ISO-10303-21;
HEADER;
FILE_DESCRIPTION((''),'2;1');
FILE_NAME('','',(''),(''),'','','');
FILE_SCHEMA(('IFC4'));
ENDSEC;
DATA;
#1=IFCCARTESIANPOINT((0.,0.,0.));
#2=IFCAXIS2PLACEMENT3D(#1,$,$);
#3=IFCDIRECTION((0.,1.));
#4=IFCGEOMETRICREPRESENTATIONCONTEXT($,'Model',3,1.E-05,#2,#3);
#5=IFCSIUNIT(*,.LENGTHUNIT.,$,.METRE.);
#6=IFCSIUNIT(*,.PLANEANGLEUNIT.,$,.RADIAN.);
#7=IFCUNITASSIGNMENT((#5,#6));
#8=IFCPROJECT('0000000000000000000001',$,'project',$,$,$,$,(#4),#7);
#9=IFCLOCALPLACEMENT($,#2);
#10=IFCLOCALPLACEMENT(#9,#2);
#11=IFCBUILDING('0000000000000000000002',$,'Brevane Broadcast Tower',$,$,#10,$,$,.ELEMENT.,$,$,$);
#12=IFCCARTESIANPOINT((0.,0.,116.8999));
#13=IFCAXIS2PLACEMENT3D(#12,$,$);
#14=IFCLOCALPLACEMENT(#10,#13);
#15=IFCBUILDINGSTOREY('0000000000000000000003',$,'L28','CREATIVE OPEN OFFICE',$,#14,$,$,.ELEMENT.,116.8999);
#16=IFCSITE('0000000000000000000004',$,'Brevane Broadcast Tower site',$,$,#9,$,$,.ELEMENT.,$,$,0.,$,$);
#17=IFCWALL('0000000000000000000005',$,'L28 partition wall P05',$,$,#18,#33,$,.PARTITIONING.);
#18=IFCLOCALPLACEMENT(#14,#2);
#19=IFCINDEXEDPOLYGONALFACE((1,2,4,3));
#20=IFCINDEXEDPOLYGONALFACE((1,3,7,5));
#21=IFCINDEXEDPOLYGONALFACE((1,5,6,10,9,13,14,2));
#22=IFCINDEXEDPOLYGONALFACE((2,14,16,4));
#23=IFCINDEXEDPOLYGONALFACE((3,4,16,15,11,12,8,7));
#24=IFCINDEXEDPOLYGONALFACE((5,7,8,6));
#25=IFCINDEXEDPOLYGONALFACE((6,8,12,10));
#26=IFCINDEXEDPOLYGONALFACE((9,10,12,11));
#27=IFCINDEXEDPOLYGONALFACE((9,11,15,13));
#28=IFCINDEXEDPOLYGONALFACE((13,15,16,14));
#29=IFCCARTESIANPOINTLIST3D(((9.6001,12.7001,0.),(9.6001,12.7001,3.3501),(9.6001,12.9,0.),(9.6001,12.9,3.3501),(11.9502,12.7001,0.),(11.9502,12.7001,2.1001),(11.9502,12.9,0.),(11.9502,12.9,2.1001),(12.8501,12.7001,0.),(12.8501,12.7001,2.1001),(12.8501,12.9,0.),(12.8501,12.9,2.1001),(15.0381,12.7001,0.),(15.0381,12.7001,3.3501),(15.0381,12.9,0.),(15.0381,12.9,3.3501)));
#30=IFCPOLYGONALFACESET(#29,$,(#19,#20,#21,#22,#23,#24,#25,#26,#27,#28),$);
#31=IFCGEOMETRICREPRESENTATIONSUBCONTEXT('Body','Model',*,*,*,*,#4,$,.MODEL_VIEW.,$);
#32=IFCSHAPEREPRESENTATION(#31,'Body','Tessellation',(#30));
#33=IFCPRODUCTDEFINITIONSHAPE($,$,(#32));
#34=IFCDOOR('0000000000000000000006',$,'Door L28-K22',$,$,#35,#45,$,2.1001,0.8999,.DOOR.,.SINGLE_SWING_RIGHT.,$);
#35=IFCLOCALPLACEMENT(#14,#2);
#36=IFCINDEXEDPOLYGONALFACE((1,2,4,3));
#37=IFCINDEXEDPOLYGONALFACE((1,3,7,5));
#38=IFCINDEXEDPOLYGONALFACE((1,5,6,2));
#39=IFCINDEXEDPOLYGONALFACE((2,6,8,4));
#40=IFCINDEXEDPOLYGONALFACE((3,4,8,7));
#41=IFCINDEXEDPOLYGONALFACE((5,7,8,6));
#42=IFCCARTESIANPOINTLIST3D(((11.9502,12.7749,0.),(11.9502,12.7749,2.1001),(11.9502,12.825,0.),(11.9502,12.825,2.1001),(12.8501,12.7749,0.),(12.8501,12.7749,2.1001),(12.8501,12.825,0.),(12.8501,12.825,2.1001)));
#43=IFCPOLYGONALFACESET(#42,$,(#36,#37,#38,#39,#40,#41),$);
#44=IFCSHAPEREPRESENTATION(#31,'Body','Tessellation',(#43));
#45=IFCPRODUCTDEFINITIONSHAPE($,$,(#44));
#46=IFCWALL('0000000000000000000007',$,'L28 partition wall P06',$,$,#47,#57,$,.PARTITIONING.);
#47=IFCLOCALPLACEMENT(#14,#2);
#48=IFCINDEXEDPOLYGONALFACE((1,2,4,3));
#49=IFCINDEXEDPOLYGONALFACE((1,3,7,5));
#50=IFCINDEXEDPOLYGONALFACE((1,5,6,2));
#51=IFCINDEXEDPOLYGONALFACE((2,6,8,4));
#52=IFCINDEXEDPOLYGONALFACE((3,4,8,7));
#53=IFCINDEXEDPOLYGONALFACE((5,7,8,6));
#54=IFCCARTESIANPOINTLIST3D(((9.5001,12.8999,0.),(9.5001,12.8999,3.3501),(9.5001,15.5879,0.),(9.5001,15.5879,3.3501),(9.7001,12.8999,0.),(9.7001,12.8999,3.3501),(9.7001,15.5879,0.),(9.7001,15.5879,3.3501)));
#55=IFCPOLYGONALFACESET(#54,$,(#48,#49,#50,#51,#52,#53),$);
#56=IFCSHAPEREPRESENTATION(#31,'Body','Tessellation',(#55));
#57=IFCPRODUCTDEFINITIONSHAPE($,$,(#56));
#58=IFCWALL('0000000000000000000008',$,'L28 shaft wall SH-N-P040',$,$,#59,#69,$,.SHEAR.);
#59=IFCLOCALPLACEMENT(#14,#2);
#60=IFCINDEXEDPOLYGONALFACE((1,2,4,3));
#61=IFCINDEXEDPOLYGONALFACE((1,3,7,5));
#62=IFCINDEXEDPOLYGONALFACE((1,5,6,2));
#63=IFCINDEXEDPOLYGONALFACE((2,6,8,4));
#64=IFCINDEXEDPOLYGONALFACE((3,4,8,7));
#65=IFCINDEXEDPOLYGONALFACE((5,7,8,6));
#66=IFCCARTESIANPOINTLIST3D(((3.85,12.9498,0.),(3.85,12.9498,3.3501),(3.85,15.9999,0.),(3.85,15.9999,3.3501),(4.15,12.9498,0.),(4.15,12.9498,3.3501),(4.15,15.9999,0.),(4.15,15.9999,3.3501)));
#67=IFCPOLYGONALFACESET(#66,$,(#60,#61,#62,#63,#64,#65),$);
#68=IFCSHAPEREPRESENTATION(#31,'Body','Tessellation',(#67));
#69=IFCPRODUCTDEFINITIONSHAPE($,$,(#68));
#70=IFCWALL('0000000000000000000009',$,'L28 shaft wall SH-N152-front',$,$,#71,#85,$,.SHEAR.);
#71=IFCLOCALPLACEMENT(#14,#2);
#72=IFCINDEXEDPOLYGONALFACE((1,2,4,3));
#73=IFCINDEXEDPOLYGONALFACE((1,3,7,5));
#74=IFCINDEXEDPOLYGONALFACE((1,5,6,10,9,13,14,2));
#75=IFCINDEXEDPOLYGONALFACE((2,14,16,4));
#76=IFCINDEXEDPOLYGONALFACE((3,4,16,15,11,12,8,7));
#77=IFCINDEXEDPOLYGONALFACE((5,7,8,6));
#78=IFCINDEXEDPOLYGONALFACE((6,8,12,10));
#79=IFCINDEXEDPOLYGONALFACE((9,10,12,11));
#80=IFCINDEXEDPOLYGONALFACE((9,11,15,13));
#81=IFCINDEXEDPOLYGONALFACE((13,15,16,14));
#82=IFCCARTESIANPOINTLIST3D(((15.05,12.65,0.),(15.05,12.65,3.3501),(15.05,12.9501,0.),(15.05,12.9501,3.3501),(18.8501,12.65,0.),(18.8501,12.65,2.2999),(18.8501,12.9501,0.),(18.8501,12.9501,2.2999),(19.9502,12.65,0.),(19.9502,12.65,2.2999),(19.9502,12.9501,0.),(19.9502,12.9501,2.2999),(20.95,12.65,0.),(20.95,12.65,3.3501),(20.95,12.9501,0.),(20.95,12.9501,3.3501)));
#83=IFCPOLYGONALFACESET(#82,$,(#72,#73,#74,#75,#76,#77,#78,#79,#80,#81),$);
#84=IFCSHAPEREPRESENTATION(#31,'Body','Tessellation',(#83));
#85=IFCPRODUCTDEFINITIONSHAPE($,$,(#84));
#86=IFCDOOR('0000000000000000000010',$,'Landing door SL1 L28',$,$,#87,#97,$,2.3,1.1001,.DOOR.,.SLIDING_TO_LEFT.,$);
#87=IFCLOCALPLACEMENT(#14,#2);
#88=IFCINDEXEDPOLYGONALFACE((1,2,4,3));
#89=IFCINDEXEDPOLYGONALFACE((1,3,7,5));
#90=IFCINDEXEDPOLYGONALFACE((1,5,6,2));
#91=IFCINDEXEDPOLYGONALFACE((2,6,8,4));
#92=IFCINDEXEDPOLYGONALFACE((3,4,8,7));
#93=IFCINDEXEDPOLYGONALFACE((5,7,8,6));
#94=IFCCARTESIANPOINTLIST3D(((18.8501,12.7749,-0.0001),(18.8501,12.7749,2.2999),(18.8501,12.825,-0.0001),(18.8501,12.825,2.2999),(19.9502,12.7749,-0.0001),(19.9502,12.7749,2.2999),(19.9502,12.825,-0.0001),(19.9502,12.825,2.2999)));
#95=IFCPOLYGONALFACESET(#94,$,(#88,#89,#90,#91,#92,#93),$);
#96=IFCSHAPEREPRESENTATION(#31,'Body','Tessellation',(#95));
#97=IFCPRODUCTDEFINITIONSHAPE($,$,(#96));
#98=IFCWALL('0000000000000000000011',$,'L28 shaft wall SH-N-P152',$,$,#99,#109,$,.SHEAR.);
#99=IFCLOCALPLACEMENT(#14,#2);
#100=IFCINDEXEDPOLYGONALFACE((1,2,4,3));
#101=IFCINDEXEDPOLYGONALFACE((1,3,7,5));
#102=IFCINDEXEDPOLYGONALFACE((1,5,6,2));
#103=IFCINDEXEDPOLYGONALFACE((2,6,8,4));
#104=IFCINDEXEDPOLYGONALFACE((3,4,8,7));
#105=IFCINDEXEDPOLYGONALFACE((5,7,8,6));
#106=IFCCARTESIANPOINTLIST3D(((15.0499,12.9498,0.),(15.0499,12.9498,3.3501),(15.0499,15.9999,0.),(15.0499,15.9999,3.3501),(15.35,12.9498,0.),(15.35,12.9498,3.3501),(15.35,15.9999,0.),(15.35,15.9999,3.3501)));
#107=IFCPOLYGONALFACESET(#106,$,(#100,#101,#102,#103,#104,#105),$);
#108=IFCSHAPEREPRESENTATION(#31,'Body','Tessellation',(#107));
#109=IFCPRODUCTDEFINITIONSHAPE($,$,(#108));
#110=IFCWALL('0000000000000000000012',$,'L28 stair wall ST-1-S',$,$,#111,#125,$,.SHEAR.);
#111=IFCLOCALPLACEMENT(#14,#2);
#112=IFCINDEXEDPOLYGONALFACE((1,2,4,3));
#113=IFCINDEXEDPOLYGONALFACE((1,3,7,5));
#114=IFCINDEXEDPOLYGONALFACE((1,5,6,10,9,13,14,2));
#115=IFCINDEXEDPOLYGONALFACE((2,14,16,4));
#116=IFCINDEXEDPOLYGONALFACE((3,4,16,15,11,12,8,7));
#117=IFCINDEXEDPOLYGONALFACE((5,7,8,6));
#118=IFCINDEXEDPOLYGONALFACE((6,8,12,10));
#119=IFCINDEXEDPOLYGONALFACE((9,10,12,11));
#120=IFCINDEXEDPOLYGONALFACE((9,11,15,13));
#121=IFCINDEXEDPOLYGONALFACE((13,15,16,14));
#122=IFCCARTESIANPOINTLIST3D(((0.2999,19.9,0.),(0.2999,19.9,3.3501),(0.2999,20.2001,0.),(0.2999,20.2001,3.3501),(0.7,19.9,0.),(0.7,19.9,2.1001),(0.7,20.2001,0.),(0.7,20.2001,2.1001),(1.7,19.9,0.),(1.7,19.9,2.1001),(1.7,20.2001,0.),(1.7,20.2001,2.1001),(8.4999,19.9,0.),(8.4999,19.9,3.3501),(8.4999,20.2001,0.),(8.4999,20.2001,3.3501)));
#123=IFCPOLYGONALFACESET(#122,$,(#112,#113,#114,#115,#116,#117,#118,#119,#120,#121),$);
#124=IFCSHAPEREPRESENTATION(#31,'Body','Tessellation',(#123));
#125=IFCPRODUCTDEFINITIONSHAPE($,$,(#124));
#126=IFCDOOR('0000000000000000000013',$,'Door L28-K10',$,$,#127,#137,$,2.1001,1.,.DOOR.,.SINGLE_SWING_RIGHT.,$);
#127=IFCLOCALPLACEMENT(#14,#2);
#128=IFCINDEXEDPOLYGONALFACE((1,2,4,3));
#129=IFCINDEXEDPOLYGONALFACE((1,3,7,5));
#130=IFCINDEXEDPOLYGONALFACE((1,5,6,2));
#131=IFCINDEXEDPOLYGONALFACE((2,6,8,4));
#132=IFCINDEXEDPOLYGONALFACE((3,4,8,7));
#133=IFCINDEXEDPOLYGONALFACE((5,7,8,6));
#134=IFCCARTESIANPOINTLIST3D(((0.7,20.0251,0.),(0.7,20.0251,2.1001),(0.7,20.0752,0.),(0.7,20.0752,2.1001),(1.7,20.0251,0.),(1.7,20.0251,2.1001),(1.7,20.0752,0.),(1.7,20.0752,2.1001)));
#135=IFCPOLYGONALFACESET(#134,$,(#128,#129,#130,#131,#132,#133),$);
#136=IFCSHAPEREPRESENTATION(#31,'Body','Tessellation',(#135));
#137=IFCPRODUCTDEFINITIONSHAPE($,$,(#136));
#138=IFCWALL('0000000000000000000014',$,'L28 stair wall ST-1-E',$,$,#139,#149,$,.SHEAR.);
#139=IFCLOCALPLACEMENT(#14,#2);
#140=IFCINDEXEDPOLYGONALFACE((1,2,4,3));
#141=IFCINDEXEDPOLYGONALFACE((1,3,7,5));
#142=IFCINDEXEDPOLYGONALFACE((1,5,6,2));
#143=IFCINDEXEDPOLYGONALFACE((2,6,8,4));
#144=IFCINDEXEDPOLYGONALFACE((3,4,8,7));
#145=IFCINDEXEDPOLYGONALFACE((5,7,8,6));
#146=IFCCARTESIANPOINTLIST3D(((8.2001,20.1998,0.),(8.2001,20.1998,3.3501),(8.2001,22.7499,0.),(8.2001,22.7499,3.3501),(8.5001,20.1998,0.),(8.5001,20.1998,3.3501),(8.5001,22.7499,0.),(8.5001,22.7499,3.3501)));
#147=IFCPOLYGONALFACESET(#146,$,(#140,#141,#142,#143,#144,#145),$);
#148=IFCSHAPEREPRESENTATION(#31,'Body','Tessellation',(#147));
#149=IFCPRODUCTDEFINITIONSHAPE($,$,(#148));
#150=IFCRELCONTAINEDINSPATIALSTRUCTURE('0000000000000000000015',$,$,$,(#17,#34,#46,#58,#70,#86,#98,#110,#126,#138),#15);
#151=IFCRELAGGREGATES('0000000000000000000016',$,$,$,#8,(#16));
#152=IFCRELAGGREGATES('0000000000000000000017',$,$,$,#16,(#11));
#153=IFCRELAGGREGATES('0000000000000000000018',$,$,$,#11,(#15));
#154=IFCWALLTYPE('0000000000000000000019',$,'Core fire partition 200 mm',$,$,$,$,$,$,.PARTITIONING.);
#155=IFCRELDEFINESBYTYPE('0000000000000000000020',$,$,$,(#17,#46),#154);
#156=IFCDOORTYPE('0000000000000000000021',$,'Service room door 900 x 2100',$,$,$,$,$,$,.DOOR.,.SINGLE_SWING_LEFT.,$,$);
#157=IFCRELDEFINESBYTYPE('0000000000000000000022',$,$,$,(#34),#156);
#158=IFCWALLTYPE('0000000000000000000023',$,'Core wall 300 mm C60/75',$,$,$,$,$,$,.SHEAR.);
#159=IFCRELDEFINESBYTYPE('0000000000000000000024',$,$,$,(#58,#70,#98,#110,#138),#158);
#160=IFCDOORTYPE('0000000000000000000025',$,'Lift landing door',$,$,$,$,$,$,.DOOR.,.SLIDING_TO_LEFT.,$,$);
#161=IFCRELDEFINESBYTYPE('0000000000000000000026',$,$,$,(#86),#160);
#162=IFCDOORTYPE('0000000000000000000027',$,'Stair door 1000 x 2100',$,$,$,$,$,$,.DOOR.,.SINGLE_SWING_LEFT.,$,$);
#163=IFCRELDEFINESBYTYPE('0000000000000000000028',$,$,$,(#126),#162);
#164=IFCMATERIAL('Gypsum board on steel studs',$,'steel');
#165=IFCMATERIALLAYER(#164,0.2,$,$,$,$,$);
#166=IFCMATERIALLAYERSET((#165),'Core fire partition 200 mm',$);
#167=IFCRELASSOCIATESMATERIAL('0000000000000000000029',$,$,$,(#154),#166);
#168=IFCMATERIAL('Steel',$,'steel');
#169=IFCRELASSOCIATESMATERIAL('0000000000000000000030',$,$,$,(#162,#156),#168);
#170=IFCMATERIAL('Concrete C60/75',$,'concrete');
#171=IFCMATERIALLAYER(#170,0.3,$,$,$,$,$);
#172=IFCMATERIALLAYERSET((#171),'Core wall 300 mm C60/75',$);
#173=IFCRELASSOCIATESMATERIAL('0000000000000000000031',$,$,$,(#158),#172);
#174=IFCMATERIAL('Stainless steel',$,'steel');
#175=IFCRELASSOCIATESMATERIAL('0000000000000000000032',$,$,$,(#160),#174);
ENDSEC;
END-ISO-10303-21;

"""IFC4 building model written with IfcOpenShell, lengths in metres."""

from ifc_helpers import new_model, si_unit, direction, frame, frame_2d, origin, place, context, subcontext, project, spatial, rectangle, extrude, material, layer, layer_set, type_object, element, fill, save


model = new_model("IFC4")

# Units and contexts
model_context = context("Model", 3, precision=1e-05, world=origin(), true_north=direction((0.0, 1.0)))
body_context = subcontext(model_context, "Body", "Model", "MODEL_VIEW")
ifc_project = project(units=[si_unit("LENGTHUNIT", "METRE"), si_unit("PLANEANGLEUNIT", "RADIAN")], contexts=[model_context])

# Site, building, storey
site_placement = place(None, origin())
site = spatial("IfcSite", under=ifc_project, at=site_placement, Name="Brevane Broadcast Tower site", CompositionType="ELEMENT", RefElevation=0.0)
building_placement = place(site_placement, origin())
building = spatial("IfcBuilding", under=site, at=building_placement, Name="Brevane Broadcast Tower", CompositionType="ELEMENT")
storey_placement = place(building_placement, frame((0.0, 0.0, 116.8999)))
storey = spatial("IfcBuildingStorey", under=building, at=storey_placement, Name="L28", Description="CREATIVE OPEN OFFICE", CompositionType="ELEMENT", Elevation=116.8999)

# Shared definitions
ifc_material_1 = material(Name="Gypsum board on steel studs", Category="steel")
ifc_material_2 = material(Name="Steel", Category="steel")

# Wall, opening, door
ifc_layer_1 = layer(ifc_material_1, 0.2)
ifc_layer_set_1 = layer_set([ifc_layer_1], Name="Core fire partition 200 mm")
wall_type_1 = type_object("IfcWallType", Name="Core fire partition 200 mm", PredefinedType="PARTITIONING", material=ifc_layer_set_1)
door_type_1 = type_object("IfcDoorType", Name="Stair door 1000 x 2100", OperationType="SINGLE_SWING_LEFT", PredefinedType="DOOR", material=ifc_material_2)
door_type_2 = type_object("IfcDoorType", Name="Service room door 900 x 2100", OperationType="SINGLE_SWING_LEFT", PredefinedType="DOOR", material=ifc_material_2)
wall_1_placement = place(storey_placement, frame((9.6001, 12.8, 0.0), z_axis=(0.0, 0.0, 1.0), x_axis=(1.0, 0.0, 0.0)))
wall_1 = element("IfcWall", 1, at=wall_1_placement, inside=storey, type_object=wall_type_1, Name="L28 partition wall P05", PredefinedType="PARTITIONING", context=body_context, shape_type="SweptSolid", body=[
    extrude(rectangle(XDim=5.438, YDim=0.2, at=frame_2d((2.719, 0.0))), origin(), (0.0, 0.0, 1.0), 3.3501),
])
opening_1_placement = place(wall_1_placement, frame((2.3501, 0.0, 0.0)))
opening_1 = element("IfcOpeningElement", 2, at=opening_1_placement, cuts=wall_1, PredefinedType="OPENING", context=body_context, shape_type="SweptSolid", body=[
    extrude(rectangle(XDim=0.8999, YDim=2.1001, at=frame_2d((0.45, 1.05))), frame((0.0, 0.1099, 0.0), z_axis=(0.0, -1.0, 0.0), x_axis=(1.0, 0.0, 0.0)), (0.0, 0.0, 1.0), 0.22),
])
door_1_placement = place(opening_1_placement, origin())
door_1 = element("IfcDoor", 3, at=door_1_placement, inside=storey, type_object=door_type_2, Name="Door L28-K22", OperationType="SINGLE_SWING_RIGHT", OverallHeight=2.1001, OverallWidth=0.8999, PredefinedType="DOOR", context=body_context, shape_type="SweptSolid", body=[
    extrude(rectangle(XDim=0.8999, YDim=2.1001, at=frame_2d((0.45, 1.05))), frame((0.0, 0.0249, 0.0), z_axis=(0.0, -1.0, 0.0), x_axis=(1.0, 0.0, 0.0)), (0.0, 0.0, 1.0), 0.05),
])
fill(opening_1, door_1)

# Walls
wall_2_placement = place(storey_placement, frame((9.6001, 15.5879, 0.0), z_axis=(0.0, 0.0, 1.0), x_axis=(0.0, -1.0, 0.0)))
element("IfcWall", 4, at=wall_2_placement, inside=storey, type_object=wall_type_1, Name="L28 partition wall P06", PredefinedType="PARTITIONING", context=body_context, shape_type="SweptSolid", body=[
    extrude(rectangle(XDim=2.688, YDim=0.2, at=frame_2d((1.344, 0.0))), origin(), (0.0, 0.0, 1.0), 3.3501),
])
ifc_material_3 = material(Name="Concrete C60/75", Category="concrete")
ifc_layer_2 = layer(ifc_material_3, 0.3)
ifc_layer_set_2 = layer_set([ifc_layer_2], Name="Core wall 300 mm C60/75")
wall_type_2 = type_object("IfcWallType", Name="Core wall 300 mm C60/75", PredefinedType="SHEAR", material=ifc_layer_set_2)
wall_3_placement = place(storey_placement, frame((4.0, 12.95, 0.0), z_axis=(0.0, 0.0, 1.0), x_axis=(0.0, 1.0, 0.0)))
element("IfcWall", 5, at=wall_3_placement, inside=storey, type_object=wall_type_2, Name="L28 shaft wall SH-N-P040", PredefinedType="SHEAR", context=body_context, shape_type="SweptSolid", body=[
    extrude(rectangle(XDim=3.05, YDim=0.3, at=frame_2d((1.5249, 0.0))), origin(), (0.0, 0.0, 1.0), 3.3501),
])

# Wall, opening, door
wall_4_placement = place(storey_placement, frame((15.05, 12.8, 0.0), z_axis=(0.0, 0.0, 1.0), x_axis=(1.0, 0.0, 0.0)))
wall_4 = element("IfcWall", 6, at=wall_4_placement, inside=storey, type_object=wall_type_2, Name="L28 shaft wall SH-N152-front", PredefinedType="SHEAR", context=body_context, shape_type="SweptSolid", body=[
    extrude(rectangle(XDim=5.8999, YDim=0.3, at=frame_2d((2.95, 0.0))), origin(), (0.0, 0.0, 1.0), 3.3501),
])
opening_2_placement = place(wall_4_placement, frame((3.8, 0.0, 0.0)))
opening_2 = element("IfcOpeningElement", 7, at=opening_2_placement, cuts=wall_4, PredefinedType="OPENING", context=body_context, shape_type="SweptSolid", body=[
    extrude(rectangle(XDim=1.1001, YDim=2.3, at=frame_2d((0.55, 1.1499))), frame((0.0, 0.1599, 0.0), z_axis=(0.0, -1.0, 0.0), x_axis=(1.0, 0.0, 0.0)), (0.0, 0.0, 1.0), 0.3201),
])
ifc_material_4 = material(Name="Stainless steel", Category="steel")
door_type_3 = type_object("IfcDoorType", Name="Lift landing door", OperationType="SLIDING_TO_LEFT", PredefinedType="DOOR", material=ifc_material_4)
door_2_placement = place(opening_2_placement, origin())
door_2 = element("IfcDoor", 8, at=door_2_placement, inside=storey, type_object=door_type_3, Name="Landing door SL1 L28", OperationType="SLIDING_TO_LEFT", OverallHeight=2.3, OverallWidth=1.1001, PredefinedType="DOOR", context=body_context, shape_type="SweptSolid", body=[
    extrude(rectangle(XDim=1.1001, YDim=2.3, at=frame_2d((0.55, 1.1499))), frame((0.0, 0.0249, 0.0), z_axis=(0.0, -1.0, 0.0), x_axis=(1.0, 0.0, 0.0)), (0.0, 0.0, 1.0), 0.05),
])
fill(opening_2, door_2)

# Wall
wall_5_placement = place(storey_placement, frame((15.2, 12.95, 0.0), z_axis=(0.0, 0.0, 1.0), x_axis=(0.0, 1.0, 0.0)))
element("IfcWall", 9, at=wall_5_placement, inside=storey, type_object=wall_type_2, Name="L28 shaft wall SH-N-P152", PredefinedType="SHEAR", context=body_context, shape_type="SweptSolid", body=[
    extrude(rectangle(XDim=3.05, YDim=0.3, at=frame_2d((1.5249, 0.0))), origin(), (0.0, 0.0, 1.0), 3.3501),
])

# Wall, opening, door
wall_6_placement = place(storey_placement, frame((8.5, 20.05, 0.0), z_axis=(0.0, 0.0, 1.0), x_axis=(-1.0, 0.0, 0.0)))
wall_6 = element("IfcWall", 10, at=wall_6_placement, inside=storey, type_object=wall_type_2, Name="L28 stair wall ST-1-S", PredefinedType="SHEAR", context=body_context, shape_type="SweptSolid", body=[
    extrude(rectangle(XDim=8.2, YDim=0.3, at=frame_2d((4.1001, 0.0))), origin(), (0.0, 0.0, 1.0), 3.3501),
])
opening_3_placement = place(wall_6_placement, frame((6.8, 0.0, 0.0)))
opening_3 = element("IfcOpeningElement", 11, at=opening_3_placement, cuts=wall_6, PredefinedType="OPENING", context=body_context, shape_type="SweptSolid", body=[
    extrude(rectangle(XDim=1.0, YDim=2.1001, at=frame_2d((0.5, 1.05))), frame((0.0, 0.1599, 0.0), z_axis=(0.0, -1.0, 0.0), x_axis=(1.0, 0.0, 0.0)), (0.0, 0.0, 1.0), 0.3201),
])
door_3_placement = place(opening_3_placement, origin())
door_3 = element("IfcDoor", 12, at=door_3_placement, inside=storey, type_object=door_type_1, Name="Door L28-K10", OperationType="SINGLE_SWING_RIGHT", OverallHeight=2.1001, OverallWidth=1.0, PredefinedType="DOOR", context=body_context, shape_type="SweptSolid", body=[
    extrude(rectangle(XDim=1.0, YDim=2.1001, at=frame_2d((0.5, 1.05))), frame((0.0, 0.0249, 0.0), z_axis=(0.0, -1.0, 0.0), x_axis=(1.0, 0.0, 0.0)), (0.0, 0.0, 1.0), 0.05),
])
fill(opening_3, door_3)

# Wall
wall_7_placement = place(storey_placement, frame((8.3501, 20.2, 0.0), z_axis=(0.0, 0.0, 1.0), x_axis=(0.0, 1.0, 0.0)))
element("IfcWall", 13, at=wall_7_placement, inside=storey, type_object=wall_type_2, Name="L28 stair wall ST-1-E", PredefinedType="SHEAR", context=body_context, shape_type="SweptSolid", body=[
    extrude(rectangle(XDim=2.55, YDim=0.3, at=frame_2d((1.2749, 0.0))), origin(), (0.0, 0.0, 1.0), 3.3501),
])

save(model, "model.ifc")
